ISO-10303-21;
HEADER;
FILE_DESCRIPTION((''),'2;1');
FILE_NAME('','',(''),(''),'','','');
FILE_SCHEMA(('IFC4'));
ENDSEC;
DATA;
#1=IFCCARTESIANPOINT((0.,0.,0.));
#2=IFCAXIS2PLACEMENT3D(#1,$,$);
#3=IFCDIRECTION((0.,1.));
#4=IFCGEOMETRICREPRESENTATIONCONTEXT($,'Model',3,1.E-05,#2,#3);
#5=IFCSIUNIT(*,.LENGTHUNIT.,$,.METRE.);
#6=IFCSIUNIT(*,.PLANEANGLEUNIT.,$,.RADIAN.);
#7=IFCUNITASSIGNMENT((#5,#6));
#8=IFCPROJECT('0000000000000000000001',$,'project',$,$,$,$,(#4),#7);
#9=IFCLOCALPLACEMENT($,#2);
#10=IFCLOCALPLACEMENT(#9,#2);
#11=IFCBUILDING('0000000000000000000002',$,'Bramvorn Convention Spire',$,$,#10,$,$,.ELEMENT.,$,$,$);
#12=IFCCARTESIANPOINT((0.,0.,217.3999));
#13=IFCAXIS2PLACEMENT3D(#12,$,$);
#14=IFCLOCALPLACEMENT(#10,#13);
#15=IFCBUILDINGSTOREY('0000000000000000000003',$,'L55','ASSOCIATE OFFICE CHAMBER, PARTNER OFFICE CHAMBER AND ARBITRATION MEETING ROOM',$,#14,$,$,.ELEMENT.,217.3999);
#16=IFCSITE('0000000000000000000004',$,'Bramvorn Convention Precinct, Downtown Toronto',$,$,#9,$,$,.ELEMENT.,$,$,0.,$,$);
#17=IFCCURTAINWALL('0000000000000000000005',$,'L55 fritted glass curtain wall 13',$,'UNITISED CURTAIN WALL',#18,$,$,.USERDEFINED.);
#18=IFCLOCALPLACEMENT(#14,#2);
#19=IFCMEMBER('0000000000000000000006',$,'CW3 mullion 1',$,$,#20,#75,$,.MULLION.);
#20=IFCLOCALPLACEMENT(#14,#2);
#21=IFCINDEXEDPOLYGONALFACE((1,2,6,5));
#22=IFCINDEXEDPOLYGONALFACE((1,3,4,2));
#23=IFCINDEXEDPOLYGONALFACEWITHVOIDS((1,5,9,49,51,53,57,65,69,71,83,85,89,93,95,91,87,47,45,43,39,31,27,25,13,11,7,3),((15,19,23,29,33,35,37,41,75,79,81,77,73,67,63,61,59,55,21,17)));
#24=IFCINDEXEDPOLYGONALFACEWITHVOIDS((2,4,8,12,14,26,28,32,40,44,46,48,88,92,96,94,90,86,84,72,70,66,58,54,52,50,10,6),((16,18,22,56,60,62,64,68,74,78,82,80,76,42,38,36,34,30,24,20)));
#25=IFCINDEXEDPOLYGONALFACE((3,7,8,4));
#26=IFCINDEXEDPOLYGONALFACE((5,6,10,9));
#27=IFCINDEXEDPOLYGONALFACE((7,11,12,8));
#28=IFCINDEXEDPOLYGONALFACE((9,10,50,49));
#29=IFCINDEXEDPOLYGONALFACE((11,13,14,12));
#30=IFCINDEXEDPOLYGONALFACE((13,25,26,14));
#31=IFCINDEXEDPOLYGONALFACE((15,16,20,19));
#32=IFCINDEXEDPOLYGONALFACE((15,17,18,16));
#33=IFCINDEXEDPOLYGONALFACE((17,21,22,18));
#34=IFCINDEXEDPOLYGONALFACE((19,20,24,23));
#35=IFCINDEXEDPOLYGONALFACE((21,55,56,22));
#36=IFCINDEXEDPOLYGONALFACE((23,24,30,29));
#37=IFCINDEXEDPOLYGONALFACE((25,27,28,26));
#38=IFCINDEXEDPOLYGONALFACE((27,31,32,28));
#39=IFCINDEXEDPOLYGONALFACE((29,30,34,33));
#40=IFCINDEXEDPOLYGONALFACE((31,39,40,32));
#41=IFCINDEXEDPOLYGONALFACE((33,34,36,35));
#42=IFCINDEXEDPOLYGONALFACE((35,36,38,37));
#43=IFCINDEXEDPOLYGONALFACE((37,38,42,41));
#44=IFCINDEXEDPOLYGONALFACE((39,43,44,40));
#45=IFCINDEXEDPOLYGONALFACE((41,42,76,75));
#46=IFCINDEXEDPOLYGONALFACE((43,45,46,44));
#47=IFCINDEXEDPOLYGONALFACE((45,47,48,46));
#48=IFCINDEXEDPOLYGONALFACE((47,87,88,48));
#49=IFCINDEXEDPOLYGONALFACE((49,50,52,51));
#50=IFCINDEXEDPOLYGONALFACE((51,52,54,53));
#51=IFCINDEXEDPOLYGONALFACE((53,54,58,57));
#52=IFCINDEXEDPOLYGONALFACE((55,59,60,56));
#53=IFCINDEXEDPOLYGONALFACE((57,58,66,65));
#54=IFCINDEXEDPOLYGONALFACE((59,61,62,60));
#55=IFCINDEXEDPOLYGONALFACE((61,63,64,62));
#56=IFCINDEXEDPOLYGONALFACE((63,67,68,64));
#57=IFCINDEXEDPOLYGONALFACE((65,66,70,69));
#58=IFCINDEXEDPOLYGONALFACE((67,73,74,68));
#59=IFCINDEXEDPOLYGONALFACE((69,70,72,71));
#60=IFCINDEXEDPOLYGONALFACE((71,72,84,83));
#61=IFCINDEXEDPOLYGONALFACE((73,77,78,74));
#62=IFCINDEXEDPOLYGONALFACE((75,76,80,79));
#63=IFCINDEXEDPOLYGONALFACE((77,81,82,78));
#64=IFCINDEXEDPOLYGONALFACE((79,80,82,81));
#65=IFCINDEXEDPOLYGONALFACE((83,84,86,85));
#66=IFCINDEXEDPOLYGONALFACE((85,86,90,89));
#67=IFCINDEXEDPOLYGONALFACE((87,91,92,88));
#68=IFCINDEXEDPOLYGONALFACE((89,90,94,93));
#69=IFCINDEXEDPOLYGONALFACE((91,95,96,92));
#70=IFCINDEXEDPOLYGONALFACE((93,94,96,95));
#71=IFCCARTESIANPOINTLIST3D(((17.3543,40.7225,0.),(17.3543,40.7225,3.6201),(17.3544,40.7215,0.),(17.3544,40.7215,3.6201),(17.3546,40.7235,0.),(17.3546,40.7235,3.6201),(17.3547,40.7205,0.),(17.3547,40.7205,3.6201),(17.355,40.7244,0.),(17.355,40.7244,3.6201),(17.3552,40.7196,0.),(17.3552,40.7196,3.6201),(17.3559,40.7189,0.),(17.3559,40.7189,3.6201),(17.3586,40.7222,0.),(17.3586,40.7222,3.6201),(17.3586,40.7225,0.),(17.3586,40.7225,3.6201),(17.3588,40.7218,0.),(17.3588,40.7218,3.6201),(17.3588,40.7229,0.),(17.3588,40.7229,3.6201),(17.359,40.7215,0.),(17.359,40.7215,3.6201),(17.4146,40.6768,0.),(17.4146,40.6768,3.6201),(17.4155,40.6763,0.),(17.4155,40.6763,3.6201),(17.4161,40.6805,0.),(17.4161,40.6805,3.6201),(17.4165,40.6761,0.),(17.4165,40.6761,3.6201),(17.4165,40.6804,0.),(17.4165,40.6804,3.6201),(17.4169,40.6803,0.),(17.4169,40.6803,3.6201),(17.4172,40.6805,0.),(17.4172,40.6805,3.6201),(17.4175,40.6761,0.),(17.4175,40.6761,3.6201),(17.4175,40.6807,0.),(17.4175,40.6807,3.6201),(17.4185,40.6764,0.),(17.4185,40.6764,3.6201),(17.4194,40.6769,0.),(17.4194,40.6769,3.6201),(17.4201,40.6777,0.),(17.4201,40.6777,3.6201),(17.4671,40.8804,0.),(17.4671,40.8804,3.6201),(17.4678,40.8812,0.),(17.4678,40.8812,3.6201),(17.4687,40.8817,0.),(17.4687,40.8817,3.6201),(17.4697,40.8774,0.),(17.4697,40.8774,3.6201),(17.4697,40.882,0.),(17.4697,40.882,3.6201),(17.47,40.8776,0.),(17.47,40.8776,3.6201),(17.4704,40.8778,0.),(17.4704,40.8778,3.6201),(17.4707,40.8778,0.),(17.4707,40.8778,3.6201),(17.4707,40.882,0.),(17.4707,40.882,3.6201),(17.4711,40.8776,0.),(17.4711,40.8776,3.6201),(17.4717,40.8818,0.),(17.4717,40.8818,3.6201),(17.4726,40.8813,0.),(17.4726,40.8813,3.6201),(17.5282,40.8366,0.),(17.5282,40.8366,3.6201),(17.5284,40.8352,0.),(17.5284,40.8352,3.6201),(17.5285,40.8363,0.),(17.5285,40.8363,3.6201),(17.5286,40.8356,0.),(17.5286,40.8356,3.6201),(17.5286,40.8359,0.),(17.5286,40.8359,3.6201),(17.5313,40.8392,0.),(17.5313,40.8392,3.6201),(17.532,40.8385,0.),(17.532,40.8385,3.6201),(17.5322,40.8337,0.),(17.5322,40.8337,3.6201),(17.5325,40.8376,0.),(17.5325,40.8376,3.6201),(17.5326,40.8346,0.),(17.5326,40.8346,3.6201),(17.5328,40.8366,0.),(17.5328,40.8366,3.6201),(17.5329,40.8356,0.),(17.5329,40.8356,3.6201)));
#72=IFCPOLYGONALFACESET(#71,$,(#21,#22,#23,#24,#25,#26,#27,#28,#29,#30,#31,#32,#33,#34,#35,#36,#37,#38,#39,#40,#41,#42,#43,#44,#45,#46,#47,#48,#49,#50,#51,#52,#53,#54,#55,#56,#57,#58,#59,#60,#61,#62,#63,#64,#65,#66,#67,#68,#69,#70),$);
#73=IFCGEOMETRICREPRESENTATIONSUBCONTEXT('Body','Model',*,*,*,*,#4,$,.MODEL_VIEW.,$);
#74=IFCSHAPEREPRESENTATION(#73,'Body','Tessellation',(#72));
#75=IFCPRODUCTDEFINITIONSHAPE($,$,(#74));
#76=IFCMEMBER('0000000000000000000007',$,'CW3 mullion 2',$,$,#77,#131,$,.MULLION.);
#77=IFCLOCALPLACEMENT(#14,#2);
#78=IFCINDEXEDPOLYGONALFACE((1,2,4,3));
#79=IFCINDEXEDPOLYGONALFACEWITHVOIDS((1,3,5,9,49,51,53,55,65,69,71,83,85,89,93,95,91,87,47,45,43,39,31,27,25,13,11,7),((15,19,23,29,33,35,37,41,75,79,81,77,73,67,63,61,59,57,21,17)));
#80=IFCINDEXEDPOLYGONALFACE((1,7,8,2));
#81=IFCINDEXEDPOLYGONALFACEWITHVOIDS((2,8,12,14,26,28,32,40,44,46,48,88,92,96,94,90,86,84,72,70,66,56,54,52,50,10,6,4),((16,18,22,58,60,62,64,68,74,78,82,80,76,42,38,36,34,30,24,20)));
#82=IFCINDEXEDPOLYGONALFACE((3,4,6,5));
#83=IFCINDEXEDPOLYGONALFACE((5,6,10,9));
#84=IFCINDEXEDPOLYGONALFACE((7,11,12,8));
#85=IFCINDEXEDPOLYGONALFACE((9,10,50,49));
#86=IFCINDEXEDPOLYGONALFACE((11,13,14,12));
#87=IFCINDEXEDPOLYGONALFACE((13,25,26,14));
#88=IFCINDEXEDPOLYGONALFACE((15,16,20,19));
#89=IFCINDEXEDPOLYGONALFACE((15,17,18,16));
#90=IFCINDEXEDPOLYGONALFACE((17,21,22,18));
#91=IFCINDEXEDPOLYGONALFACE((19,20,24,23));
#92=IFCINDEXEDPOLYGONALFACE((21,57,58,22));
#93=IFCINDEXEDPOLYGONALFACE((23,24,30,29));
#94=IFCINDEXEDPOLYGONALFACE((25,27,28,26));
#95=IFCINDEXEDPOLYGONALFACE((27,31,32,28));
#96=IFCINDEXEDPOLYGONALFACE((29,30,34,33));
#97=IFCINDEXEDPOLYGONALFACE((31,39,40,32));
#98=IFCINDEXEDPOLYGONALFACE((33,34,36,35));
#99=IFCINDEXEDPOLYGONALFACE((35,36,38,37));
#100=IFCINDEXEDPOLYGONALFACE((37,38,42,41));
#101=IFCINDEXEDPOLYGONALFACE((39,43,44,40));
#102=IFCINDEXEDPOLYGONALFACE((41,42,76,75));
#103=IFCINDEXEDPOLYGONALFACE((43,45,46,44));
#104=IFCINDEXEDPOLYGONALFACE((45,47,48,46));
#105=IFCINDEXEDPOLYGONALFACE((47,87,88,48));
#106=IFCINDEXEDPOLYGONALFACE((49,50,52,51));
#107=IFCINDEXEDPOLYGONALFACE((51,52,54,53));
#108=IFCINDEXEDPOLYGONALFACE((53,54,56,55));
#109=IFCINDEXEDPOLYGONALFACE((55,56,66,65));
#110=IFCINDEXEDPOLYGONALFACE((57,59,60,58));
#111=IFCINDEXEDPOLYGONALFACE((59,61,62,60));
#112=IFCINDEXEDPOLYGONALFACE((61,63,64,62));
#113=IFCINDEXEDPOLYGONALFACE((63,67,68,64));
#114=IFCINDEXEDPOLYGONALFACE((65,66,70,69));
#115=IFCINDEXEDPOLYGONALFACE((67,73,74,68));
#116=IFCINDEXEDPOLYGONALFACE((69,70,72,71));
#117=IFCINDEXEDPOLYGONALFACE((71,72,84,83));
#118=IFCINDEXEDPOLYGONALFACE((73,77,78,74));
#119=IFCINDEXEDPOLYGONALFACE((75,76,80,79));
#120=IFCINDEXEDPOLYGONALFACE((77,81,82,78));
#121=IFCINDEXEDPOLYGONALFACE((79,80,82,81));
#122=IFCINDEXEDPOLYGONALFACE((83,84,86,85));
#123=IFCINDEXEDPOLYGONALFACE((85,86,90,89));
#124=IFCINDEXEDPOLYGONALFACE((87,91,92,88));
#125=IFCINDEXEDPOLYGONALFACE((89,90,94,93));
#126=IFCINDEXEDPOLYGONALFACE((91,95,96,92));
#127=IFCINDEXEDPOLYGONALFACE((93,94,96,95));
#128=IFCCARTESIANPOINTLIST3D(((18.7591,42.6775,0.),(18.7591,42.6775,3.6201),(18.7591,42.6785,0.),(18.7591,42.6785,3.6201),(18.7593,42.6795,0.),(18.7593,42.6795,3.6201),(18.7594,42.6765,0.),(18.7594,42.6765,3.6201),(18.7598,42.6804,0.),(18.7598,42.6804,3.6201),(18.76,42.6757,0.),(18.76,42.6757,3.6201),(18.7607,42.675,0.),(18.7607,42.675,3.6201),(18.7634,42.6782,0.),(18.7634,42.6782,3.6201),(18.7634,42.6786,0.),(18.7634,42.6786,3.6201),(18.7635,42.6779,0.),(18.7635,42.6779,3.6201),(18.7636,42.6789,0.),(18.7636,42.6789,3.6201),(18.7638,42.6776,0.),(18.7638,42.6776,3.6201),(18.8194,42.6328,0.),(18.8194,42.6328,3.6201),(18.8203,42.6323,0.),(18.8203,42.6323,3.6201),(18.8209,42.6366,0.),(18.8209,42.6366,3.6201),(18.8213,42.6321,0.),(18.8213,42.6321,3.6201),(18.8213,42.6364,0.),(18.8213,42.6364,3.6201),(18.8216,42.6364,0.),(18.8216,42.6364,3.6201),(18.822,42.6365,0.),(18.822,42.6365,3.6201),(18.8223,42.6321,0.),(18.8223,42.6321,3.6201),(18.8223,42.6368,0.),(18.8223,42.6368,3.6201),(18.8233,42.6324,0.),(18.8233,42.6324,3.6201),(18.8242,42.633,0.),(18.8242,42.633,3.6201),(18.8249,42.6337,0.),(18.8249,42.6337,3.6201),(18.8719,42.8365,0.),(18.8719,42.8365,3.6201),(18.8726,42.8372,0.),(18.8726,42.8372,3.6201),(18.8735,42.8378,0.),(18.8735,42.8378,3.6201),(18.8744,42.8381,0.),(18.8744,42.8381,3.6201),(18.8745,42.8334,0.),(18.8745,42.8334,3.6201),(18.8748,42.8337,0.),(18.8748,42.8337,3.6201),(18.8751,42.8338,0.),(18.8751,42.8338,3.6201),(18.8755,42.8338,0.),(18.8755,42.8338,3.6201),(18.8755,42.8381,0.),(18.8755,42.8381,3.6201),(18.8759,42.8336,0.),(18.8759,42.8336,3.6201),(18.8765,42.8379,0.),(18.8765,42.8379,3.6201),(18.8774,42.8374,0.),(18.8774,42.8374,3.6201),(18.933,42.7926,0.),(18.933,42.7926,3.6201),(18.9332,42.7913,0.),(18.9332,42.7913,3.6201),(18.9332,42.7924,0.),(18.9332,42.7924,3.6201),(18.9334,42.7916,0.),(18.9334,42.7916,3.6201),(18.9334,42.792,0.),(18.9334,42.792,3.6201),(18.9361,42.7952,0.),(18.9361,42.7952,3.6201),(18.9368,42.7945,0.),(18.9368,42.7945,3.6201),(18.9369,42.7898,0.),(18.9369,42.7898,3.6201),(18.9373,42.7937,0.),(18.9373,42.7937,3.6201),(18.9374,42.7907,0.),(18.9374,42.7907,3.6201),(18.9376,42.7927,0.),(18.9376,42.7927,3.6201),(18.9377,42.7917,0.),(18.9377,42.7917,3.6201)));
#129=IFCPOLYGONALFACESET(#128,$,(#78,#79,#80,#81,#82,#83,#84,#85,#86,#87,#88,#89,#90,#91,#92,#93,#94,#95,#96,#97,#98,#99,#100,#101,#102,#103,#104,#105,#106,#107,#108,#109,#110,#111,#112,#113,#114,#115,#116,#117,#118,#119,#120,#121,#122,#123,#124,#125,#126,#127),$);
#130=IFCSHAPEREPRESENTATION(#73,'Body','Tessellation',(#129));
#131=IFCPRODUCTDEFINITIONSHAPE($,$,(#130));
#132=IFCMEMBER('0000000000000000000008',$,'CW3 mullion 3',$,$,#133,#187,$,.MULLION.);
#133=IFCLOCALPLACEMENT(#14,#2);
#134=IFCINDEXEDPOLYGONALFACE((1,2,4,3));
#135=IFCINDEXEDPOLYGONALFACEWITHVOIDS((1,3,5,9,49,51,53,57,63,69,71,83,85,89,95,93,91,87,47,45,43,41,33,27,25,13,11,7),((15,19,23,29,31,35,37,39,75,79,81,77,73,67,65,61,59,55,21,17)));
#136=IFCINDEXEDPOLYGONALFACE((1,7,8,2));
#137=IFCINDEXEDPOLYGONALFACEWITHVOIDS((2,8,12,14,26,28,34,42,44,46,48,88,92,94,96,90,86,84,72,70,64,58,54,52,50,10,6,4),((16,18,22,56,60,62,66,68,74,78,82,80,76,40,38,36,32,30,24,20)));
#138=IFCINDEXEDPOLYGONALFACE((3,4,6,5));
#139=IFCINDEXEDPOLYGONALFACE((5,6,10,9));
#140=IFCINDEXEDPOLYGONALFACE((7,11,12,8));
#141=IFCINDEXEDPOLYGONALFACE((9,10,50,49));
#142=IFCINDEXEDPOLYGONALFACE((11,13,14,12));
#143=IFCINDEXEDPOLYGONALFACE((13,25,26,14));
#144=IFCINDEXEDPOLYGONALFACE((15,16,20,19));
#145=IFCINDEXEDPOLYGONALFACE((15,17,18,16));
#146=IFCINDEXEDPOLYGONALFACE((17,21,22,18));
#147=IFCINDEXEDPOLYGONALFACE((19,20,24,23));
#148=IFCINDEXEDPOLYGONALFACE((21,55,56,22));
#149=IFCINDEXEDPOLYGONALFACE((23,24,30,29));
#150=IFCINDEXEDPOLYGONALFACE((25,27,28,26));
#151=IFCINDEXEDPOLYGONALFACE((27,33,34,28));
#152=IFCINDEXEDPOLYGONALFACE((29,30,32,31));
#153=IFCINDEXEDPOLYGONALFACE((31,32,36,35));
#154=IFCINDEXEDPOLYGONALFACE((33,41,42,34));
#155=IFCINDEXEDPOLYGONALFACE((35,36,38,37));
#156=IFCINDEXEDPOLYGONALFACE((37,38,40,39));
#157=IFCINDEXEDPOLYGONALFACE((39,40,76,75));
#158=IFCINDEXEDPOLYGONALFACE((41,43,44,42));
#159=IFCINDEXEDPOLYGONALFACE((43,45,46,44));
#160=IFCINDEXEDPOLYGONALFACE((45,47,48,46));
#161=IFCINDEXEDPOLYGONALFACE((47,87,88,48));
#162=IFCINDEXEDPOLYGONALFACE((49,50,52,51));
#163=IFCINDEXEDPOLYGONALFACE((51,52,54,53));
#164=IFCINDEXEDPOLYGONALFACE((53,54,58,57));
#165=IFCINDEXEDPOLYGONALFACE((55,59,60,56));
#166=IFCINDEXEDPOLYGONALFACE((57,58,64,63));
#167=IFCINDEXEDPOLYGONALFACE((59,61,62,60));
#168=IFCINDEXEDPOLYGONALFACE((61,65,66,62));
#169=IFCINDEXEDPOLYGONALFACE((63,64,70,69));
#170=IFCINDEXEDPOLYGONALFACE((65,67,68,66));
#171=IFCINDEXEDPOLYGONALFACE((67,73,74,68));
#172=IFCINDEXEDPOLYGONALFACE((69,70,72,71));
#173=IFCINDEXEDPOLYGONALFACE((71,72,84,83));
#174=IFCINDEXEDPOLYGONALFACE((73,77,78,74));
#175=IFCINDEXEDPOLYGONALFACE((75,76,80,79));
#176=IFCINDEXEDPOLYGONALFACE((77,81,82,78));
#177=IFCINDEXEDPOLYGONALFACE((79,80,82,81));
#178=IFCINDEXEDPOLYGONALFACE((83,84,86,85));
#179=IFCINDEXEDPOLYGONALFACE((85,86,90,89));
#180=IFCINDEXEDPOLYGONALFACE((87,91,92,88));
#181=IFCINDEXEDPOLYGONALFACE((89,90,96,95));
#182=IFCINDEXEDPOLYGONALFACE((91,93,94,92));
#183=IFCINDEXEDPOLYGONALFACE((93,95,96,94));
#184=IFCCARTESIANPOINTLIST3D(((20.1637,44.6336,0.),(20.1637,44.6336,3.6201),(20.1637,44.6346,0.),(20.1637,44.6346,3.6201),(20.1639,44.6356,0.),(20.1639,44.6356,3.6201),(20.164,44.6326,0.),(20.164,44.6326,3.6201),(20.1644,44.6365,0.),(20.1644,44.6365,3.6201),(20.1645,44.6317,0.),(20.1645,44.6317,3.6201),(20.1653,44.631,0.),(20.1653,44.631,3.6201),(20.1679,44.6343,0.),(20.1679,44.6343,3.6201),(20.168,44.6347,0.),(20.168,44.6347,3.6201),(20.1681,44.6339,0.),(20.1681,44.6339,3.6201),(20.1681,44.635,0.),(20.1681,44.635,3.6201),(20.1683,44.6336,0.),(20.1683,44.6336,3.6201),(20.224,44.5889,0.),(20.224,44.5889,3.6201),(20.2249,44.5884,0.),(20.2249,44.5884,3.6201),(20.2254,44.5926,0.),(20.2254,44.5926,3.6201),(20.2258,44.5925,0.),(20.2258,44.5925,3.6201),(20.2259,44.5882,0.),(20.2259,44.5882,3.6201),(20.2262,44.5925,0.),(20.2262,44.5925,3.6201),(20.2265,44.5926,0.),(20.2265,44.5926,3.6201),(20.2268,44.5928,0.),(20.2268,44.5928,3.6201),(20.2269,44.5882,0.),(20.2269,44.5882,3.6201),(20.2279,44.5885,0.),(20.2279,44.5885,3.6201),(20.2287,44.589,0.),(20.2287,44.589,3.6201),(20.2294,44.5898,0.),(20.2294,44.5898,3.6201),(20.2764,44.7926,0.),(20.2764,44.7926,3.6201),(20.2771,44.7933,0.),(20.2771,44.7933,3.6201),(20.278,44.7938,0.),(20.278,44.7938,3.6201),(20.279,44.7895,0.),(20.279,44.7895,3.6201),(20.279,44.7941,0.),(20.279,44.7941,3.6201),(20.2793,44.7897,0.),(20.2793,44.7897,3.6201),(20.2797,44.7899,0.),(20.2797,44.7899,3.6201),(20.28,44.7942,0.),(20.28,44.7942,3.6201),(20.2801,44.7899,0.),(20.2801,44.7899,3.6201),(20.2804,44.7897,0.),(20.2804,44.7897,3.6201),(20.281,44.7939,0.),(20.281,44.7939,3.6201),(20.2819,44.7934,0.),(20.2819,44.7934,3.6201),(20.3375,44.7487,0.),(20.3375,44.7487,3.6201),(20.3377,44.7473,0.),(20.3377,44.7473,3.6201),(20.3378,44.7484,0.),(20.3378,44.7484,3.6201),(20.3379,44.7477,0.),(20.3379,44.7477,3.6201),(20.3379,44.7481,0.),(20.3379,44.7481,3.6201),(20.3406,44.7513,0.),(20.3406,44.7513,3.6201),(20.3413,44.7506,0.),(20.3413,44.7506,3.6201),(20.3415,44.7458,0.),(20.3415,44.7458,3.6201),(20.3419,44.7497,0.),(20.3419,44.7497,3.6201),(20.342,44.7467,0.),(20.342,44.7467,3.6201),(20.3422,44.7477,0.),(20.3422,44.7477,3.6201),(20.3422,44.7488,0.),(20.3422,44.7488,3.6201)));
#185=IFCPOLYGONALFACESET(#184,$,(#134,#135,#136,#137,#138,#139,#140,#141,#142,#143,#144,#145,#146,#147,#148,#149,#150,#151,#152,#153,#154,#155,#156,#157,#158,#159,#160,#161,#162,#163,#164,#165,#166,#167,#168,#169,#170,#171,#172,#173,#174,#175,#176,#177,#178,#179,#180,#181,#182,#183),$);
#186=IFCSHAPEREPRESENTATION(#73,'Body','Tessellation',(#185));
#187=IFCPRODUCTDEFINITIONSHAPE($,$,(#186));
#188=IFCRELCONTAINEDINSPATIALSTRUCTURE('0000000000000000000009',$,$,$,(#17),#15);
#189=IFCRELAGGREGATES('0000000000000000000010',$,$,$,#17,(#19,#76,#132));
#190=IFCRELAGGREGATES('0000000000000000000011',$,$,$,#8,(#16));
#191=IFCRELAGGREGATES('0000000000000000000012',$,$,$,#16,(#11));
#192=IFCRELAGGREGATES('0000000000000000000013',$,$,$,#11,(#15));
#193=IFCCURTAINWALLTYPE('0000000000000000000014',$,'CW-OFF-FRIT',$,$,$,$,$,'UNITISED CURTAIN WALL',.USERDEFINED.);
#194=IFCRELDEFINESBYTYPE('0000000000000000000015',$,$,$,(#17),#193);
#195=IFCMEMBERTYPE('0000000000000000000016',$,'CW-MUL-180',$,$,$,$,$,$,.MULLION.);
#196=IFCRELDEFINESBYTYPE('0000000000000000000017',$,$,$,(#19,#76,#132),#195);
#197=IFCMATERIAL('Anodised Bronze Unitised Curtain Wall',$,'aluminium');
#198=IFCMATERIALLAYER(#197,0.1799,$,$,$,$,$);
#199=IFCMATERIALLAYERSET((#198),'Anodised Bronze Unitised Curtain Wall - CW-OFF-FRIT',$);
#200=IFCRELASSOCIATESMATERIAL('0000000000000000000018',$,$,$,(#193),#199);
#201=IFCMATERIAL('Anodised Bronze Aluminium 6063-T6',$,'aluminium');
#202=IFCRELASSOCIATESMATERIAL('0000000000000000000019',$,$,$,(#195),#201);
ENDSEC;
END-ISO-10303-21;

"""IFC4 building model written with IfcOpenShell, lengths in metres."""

from ifc_helpers import new_model, si_unit, direction, frame, origin, origin_2d, place, context, subcontext, project, spatial, hollow_rectangle, extrude, material, layer, layer_set, material_profile, profile_set, type_object, element, aggregate, save


model = new_model("IFC4")

# Units and contexts
model_context = context("Model", 3, precision=1e-05, world=origin(), true_north=direction((0.0, 1.0)))
body_context = subcontext(model_context, "Body", "Model", "MODEL_VIEW")
ifc_project = project(units=[si_unit("LENGTHUNIT", "METRE"), si_unit("PLANEANGLEUNIT", "RADIAN")], contexts=[model_context])

# Site, building, storey
site_placement = place(None, origin())
site = spatial("IfcSite", under=ifc_project, at=site_placement, Name="Bramvorn Convention Precinct, Downtown Toronto", CompositionType="ELEMENT", RefElevation=0.0)
building_placement = place(site_placement, origin())
building = spatial("IfcBuilding", under=site, at=building_placement, Name="Bramvorn Convention Spire", CompositionType="ELEMENT")
storey_placement = place(building_placement, frame((0.0, 0.0, 217.3999)))
storey = spatial("IfcBuildingStorey", under=building, at=storey_placement, Name="L55", Description="ASSOCIATE OFFICE CHAMBER, PARTNER OFFICE CHAMBER AND ARBITRATION MEETING ROOM", CompositionType="ELEMENT", Elevation=217.3999)

# Curtain wall, members
ifc_material_1 = material(Name="Anodised Bronze Unitised Curtain Wall", Category="aluminium")
ifc_layer_1 = layer(ifc_material_1, 0.1799)
ifc_layer_set_1 = layer_set([ifc_layer_1], Name="Anodised Bronze Unitised Curtain Wall - CW-OFF-FRIT")
curtain_wall_type = type_object("IfcCurtainWallType", Name="CW-OFF-FRIT", ElementType="UNITISED CURTAIN WALL", PredefinedType="USERDEFINED", material=ifc_layer_set_1)
curtain_wall_1_placement = place(storey_placement, origin())
curtain_wall_1 = element("IfcCurtainWall", 1, at=curtain_wall_1_placement, inside=storey, type_object=curtain_wall_type, Name="L55 fritted glass curtain wall 13", ObjectType="UNITISED CURTAIN WALL", PredefinedType="USERDEFINED")
ifc_material_2 = material(Name="Anodised Bronze Aluminium 6063-T6", Category="aluminium")
ifc_material_profile_1 = material_profile(ifc_material_2, hollow_rectangle(XDim=0.0801, YDim=0.2, WallThickness=0.0039, InnerFilletRadius=0.001, OuterFilletRadius=0.0039, at=origin_2d()))
ifc_profile_set_1 = profile_set([ifc_material_profile_1], Name="Anodised Bronze Aluminium 6063-T6 - CWM80X200")
member_type_1 = type_object("IfcMemberType", Name="CW-MUL-180", PredefinedType="MULLION", material=ifc_profile_set_1)
member_1_placement = place(storey_placement, frame((17.4436, 40.7791, 0.0), z_axis=(0.0, 0.0, 1.0), x_axis=(-0.812261, 0.583295, 0.0)))
member_1 = element("IfcMember", 2, at=member_1_placement, type_object=member_type_1, Name="CW3 mullion 1", PredefinedType="MULLION", context=body_context, shape_type="SweptSolid", body=[
    extrude(hollow_rectangle(XDim=0.0801, YDim=0.2, WallThickness=0.0039, InnerFilletRadius=0.001, OuterFilletRadius=0.0039, at=origin_2d()), origin(), (0.0, 0.0, 1.0), 3.6201),
])
member_2_placement = place(storey_placement, frame((18.8484, 42.7351, 0.0), z_axis=(0.0, 0.0, 1.0), x_axis=(-0.812261, 0.583295, 0.0)))
member_2 = element("IfcMember", 3, at=member_2_placement, type_object=member_type_1, Name="CW3 mullion 2", PredefinedType="MULLION", context=body_context, shape_type="SweptSolid", body=[
    extrude(hollow_rectangle(XDim=0.0801, YDim=0.2, WallThickness=0.0039, InnerFilletRadius=0.001, OuterFilletRadius=0.0039, at=origin_2d()), origin(), (0.0, 0.0, 1.0), 3.6201),
])
member_3_placement = place(storey_placement, frame((20.2529, 44.6912, 0.0), z_axis=(0.0, 0.0, 1.0), x_axis=(-0.812261, 0.583295, 0.0)))
member_3 = element("IfcMember", 4, at=member_3_placement, type_object=member_type_1, Name="CW3 mullion 3", PredefinedType="MULLION", context=body_context, shape_type="SweptSolid", body=[
    extrude(hollow_rectangle(XDim=0.0801, YDim=0.2, WallThickness=0.0039, InnerFilletRadius=0.001, OuterFilletRadius=0.0039, at=origin_2d()), origin(), (0.0, 0.0, 1.0), 3.6201),
])

aggregate(curtain_wall_1, [member_1, member_2, member_3])

save(model, "model.ifc")
